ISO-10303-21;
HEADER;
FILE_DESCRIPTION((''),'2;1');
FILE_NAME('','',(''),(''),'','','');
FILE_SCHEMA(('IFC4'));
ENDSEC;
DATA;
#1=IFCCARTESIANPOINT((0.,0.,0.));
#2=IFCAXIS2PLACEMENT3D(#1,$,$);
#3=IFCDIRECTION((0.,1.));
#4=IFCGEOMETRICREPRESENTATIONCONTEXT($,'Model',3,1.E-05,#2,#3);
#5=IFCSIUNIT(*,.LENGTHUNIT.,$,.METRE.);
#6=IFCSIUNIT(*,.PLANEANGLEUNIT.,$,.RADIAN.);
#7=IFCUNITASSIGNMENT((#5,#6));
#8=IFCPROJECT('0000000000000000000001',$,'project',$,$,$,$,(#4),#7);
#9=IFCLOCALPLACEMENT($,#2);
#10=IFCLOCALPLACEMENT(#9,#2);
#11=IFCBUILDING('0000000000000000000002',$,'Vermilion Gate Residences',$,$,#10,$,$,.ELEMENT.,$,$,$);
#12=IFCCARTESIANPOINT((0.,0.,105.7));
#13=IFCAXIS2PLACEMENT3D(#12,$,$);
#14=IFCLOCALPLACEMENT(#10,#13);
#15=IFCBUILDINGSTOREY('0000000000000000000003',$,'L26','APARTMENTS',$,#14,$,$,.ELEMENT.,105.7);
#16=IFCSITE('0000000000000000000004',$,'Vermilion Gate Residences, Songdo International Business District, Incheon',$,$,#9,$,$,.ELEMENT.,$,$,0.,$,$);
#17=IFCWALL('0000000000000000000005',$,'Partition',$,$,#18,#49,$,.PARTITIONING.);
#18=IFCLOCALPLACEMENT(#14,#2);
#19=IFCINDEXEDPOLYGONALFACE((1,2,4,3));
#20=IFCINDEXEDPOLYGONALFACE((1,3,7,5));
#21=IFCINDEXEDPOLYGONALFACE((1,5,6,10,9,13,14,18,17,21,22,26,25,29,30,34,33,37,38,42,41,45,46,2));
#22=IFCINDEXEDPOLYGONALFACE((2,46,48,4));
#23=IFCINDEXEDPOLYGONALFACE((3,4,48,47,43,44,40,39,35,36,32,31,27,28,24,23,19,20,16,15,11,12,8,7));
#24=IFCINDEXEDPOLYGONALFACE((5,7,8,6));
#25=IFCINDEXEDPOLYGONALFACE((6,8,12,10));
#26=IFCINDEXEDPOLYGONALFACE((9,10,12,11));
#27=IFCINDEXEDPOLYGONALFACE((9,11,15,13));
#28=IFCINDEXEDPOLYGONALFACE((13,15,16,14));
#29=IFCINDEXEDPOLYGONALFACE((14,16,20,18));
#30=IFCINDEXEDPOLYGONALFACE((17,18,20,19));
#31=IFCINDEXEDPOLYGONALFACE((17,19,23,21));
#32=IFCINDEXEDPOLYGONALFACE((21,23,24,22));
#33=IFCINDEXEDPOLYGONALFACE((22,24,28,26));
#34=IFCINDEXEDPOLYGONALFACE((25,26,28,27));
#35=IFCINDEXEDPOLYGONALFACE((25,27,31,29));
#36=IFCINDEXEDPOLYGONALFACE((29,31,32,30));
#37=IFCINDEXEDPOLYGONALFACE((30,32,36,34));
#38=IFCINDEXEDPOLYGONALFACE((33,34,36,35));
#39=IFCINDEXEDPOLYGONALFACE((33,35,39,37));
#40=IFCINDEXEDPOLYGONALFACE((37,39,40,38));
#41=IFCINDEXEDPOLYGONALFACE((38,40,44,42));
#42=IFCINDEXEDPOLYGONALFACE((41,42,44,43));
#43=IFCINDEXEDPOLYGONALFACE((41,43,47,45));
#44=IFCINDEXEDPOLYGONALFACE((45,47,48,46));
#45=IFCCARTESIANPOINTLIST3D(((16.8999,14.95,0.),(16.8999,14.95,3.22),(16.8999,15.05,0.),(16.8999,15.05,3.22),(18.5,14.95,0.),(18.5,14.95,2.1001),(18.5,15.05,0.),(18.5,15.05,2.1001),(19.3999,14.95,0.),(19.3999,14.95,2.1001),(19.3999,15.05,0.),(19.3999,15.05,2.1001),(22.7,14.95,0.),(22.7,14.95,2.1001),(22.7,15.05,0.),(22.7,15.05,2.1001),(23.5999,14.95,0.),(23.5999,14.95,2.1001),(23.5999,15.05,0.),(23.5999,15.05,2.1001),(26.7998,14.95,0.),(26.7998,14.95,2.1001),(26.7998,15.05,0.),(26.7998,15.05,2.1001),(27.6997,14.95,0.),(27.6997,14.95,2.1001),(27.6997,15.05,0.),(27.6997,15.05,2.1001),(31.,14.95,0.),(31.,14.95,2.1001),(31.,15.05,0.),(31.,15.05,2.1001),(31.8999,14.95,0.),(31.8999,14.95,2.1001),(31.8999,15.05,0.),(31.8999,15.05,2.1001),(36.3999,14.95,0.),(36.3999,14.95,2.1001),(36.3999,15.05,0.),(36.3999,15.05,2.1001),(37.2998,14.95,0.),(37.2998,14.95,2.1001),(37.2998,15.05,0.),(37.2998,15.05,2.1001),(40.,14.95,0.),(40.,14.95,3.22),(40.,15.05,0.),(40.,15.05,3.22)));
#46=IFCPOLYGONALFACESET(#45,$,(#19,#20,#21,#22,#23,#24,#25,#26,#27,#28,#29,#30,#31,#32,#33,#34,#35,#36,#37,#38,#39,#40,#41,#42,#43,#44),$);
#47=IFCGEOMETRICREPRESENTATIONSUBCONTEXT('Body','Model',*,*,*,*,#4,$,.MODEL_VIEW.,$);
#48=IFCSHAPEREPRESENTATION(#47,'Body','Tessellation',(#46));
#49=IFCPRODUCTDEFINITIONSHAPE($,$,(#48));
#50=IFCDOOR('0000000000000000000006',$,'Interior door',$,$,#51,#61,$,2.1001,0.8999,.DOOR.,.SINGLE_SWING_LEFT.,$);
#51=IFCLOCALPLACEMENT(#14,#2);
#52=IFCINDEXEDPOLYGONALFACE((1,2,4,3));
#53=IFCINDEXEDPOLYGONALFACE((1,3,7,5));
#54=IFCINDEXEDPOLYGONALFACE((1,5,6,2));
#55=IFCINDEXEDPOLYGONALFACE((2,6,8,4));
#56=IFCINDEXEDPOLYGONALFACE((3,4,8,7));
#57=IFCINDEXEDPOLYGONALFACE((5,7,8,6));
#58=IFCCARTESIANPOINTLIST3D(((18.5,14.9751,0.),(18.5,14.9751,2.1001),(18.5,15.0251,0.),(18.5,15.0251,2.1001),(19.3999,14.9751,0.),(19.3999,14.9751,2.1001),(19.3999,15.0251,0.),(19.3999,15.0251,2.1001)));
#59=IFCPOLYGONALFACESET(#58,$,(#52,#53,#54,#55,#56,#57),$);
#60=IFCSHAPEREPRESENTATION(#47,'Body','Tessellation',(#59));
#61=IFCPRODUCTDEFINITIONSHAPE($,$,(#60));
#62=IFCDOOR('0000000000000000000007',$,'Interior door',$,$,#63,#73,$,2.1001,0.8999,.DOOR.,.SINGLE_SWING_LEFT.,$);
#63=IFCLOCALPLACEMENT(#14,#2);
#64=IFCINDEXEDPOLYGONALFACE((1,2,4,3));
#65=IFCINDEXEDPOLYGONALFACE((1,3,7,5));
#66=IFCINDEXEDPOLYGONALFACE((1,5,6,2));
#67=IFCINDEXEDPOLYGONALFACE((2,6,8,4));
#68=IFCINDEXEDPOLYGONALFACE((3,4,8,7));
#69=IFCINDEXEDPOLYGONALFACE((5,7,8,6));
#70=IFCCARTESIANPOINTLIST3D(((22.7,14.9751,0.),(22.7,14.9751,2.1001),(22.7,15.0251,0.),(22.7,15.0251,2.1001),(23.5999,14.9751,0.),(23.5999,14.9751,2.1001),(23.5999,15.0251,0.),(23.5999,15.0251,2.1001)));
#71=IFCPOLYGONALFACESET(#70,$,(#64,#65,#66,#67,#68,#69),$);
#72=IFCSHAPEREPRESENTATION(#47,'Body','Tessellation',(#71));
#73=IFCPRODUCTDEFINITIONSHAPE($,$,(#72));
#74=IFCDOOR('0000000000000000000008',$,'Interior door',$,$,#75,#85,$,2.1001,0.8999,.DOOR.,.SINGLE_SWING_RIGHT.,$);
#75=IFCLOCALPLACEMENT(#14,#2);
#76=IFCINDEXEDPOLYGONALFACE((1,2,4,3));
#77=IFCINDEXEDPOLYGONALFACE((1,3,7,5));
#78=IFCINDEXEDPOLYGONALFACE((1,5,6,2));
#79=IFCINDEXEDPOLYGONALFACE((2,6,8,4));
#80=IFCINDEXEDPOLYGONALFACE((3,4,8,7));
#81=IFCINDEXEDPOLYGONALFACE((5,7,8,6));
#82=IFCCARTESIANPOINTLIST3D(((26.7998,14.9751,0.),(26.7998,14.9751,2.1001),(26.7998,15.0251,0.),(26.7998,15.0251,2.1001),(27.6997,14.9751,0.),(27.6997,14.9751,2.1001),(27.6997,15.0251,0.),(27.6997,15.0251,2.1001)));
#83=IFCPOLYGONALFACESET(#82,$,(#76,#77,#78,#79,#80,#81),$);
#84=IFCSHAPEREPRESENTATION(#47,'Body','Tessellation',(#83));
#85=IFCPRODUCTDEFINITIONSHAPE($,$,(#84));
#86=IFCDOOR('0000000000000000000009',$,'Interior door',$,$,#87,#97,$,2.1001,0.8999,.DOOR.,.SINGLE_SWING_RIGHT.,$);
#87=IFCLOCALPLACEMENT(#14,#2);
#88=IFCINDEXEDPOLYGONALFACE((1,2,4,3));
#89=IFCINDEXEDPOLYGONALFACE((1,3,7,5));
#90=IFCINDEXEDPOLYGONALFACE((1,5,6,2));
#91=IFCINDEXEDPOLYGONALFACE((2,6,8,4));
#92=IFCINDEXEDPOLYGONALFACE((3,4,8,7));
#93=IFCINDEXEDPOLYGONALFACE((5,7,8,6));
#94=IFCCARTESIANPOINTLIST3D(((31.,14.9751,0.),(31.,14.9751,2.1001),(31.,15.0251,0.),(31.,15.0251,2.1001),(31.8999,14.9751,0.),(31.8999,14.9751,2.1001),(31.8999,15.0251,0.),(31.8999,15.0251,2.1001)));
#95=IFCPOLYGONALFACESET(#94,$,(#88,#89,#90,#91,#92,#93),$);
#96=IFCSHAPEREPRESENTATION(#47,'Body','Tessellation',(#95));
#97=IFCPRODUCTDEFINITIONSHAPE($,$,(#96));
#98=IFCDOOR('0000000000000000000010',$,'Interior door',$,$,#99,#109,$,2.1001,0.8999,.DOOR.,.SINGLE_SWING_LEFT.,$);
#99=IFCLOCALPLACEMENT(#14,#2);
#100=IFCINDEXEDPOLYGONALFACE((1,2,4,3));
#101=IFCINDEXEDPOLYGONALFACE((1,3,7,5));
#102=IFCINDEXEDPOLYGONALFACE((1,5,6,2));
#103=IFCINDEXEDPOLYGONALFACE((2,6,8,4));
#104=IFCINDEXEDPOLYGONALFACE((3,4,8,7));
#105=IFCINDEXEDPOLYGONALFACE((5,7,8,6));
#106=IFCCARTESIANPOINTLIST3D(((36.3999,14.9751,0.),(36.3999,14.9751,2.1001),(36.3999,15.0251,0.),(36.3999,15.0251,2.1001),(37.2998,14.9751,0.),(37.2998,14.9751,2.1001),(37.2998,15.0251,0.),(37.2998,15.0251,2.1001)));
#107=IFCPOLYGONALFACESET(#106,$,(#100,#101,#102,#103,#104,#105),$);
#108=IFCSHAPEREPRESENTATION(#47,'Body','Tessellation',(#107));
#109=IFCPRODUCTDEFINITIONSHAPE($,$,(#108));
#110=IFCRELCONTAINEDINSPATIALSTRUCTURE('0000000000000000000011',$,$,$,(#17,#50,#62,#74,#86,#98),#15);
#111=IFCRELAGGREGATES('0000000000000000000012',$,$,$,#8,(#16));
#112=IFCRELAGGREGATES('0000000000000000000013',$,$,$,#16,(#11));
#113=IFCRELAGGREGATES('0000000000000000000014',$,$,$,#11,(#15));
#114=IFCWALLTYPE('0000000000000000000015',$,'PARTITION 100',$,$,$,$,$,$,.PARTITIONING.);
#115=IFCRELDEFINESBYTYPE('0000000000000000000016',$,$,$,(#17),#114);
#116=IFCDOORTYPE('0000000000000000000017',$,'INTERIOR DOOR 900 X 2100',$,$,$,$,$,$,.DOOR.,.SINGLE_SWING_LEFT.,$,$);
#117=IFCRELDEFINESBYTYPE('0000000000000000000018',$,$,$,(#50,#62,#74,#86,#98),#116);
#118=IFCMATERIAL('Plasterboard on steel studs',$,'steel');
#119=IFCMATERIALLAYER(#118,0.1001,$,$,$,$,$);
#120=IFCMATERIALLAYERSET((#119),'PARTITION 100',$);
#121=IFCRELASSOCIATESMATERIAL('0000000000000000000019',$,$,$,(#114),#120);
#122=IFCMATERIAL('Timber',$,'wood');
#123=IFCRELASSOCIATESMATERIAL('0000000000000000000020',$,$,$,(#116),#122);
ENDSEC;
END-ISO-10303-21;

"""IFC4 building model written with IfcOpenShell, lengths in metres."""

from ifc_helpers import new_model, si_unit, direction, frame, frame_2d, origin, place, context, subcontext, project, spatial, rectangle, extrude, material, layer, layer_set, type_object, element, fill, save


model = new_model("IFC4")

# Units and contexts
model_context = context("Model", 3, precision=1e-05, world=origin(), true_north=direction((0.0, 1.0)))
body_context = subcontext(model_context, "Body", "Model", "MODEL_VIEW")
ifc_project = project(units=[si_unit("LENGTHUNIT", "METRE"), si_unit("PLANEANGLEUNIT", "RADIAN")], contexts=[model_context])

# Site, building, storey
site_placement = place(None, origin())
site = spatial("IfcSite", under=ifc_project, at=site_placement, Name="Vermilion Gate Residences, Songdo International Business District, Incheon", CompositionType="ELEMENT", RefElevation=0.0)
building_placement = place(site_placement, origin())
building = spatial("IfcBuilding", under=site, at=building_placement, Name="Vermilion Gate Residences", CompositionType="ELEMENT")
storey_placement = place(building_placement, frame((0.0, 0.0, 105.7)))
storey = spatial("IfcBuildingStorey", under=building, at=storey_placement, Name="L26", Description="APARTMENTS", CompositionType="ELEMENT", Elevation=105.7)

# Wall, openings, doors
ifc_material_1 = material(Name="Plasterboard on steel studs", Category="steel")
ifc_layer_1 = layer(ifc_material_1, 0.1001)
ifc_layer_set_1 = layer_set([ifc_layer_1], Name="PARTITION 100")
wall_type_1 = type_object("IfcWallType", Name="PARTITION 100", PredefinedType="PARTITIONING", material=ifc_layer_set_1)
wall_1_placement = place(storey_placement, frame((16.8999, 15.0, 0.0), z_axis=(0.0, 0.0, 1.0), x_axis=(1.0, 0.0, 0.0)))
wall_1 = element("IfcWall", 1, at=wall_1_placement, inside=storey, type_object=wall_type_1, Name="Partition", PredefinedType="PARTITIONING", context=body_context, shape_type="SweptSolid", body=[
    extrude(rectangle(XDim=23.1001, YDim=0.1001, at=frame_2d((11.55, 0.0))), origin(), (0.0, 0.0, 1.0), 3.22),
])
opening_1_placement = place(wall_1_placement, frame((1.6001, 0.0, 0.0)))
opening_1 = element("IfcOpeningElement", 2, at=opening_1_placement, cuts=wall_1, PredefinedType="OPENING", context=body_context, shape_type="SweptSolid", body=[
    extrude(rectangle(XDim=0.8999, YDim=2.1001, at=frame_2d((0.45, 1.05))), frame((0.0, 0.0601, 0.0), z_axis=(0.0, -1.0, 0.0), x_axis=(1.0, 0.0, 0.0)), (0.0, 0.0, 1.0), 0.1201),
])
opening_2_placement = place(wall_1_placement, frame((5.8, 0.0, 0.0)))
opening_2 = element("IfcOpeningElement", 3, at=opening_2_placement, cuts=wall_1, PredefinedType="OPENING", context=body_context, shape_type="SweptSolid", body=[
    extrude(rectangle(XDim=0.8999, YDim=2.1001, at=frame_2d((0.45, 1.05))), frame((0.0, 0.0601, 0.0), z_axis=(0.0, -1.0, 0.0), x_axis=(1.0, 0.0, 0.0)), (0.0, 0.0, 1.0), 0.1201),
])
opening_3_placement = place(wall_1_placement, frame((9.8999, 0.0, 0.0)))
opening_3 = element("IfcOpeningElement", 4, at=opening_3_placement, cuts=wall_1, PredefinedType="OPENING", context=body_context, shape_type="SweptSolid", body=[
    extrude(rectangle(XDim=0.8999, YDim=2.1001, at=frame_2d((0.45, 1.05))), frame((0.0, 0.0601, 0.0), z_axis=(0.0, -1.0, 0.0), x_axis=(1.0, 0.0, 0.0)), (0.0, 0.0, 1.0), 0.1201),
])
opening_4_placement = place(wall_1_placement, frame((14.1001, 0.0, 0.0)))
opening_4 = element("IfcOpeningElement", 5, at=opening_4_placement, cuts=wall_1, PredefinedType="OPENING", context=body_context, shape_type="SweptSolid", body=[
    extrude(rectangle(XDim=0.8999, YDim=2.1001, at=frame_2d((0.45, 1.05))), frame((0.0, 0.0601, 0.0), z_axis=(0.0, -1.0, 0.0), x_axis=(1.0, 0.0, 0.0)), (0.0, 0.0, 1.0), 0.1201),
])
opening_5_placement = place(wall_1_placement, frame((19.5, 0.0, 0.0)))
opening_5 = element("IfcOpeningElement", 6, at=opening_5_placement, cuts=wall_1, PredefinedType="OPENING", context=body_context, shape_type="SweptSolid", body=[
    extrude(rectangle(XDim=0.8999, YDim=2.1001, at=frame_2d((0.45, 1.05))), frame((0.0, 0.0601, 0.0), z_axis=(0.0, -1.0, 0.0), x_axis=(1.0, 0.0, 0.0)), (0.0, 0.0, 1.0), 0.1201),
])
ifc_material_2 = material(Name="Timber", Category="wood")
door_type = type_object("IfcDoorType", Name="INTERIOR DOOR 900 X 2100", OperationType="SINGLE_SWING_LEFT", PredefinedType="DOOR", material=ifc_material_2)
door_1_placement = place(opening_1_placement, frame((0.8999, 0.0, 0.0), z_axis=(0.0, 0.0, 1.0), x_axis=(-1.0, 0.0, 0.0)))
door_1 = element("IfcDoor", 7, at=door_1_placement, inside=storey, type_object=door_type, Name="Interior door", OperationType="SINGLE_SWING_LEFT", OverallHeight=2.1001, OverallWidth=0.8999, PredefinedType="DOOR", context=body_context, shape_type="SweptSolid", body=[
    extrude(rectangle(XDim=0.8999, YDim=2.1001, at=frame_2d((0.45, 1.05))), frame((0.0, 0.0249, 0.0), z_axis=(0.0, -1.0, 0.0), x_axis=(1.0, 0.0, 0.0)), (0.0, 0.0, 1.0), 0.05),
])
fill(opening_1, door_1)
door_2_placement = place(opening_2_placement, frame((0.8999, 0.0, 0.0), z_axis=(0.0, 0.0, 1.0), x_axis=(-1.0, 0.0, 0.0)))
door_2 = element("IfcDoor", 8, at=door_2_placement, inside=storey, type_object=door_type, Name="Interior door", OperationType="SINGLE_SWING_LEFT", OverallHeight=2.1001, OverallWidth=0.8999, PredefinedType="DOOR", context=body_context, shape_type="SweptSolid", body=[
    extrude(rectangle(XDim=0.8999, YDim=2.1001, at=frame_2d((0.45, 1.05))), frame((0.0, 0.0249, 0.0), z_axis=(0.0, -1.0, 0.0), x_axis=(1.0, 0.0, 0.0)), (0.0, 0.0, 1.0), 0.05),
])
fill(opening_2, door_2)
door_3_placement = place(opening_3_placement, frame((0.8999, 0.0, 0.0), z_axis=(0.0, 0.0, 1.0), x_axis=(-1.0, 0.0, 0.0)))
door_3 = element("IfcDoor", 9, at=door_3_placement, inside=storey, type_object=door_type, Name="Interior door", OperationType="SINGLE_SWING_RIGHT", OverallHeight=2.1001, OverallWidth=0.8999, PredefinedType="DOOR", context=body_context, shape_type="SweptSolid", body=[
    extrude(rectangle(XDim=0.8999, YDim=2.1001, at=frame_2d((0.45, 1.05))), frame((0.0, 0.0249, 0.0), z_axis=(0.0, -1.0, 0.0), x_axis=(1.0, 0.0, 0.0)), (0.0, 0.0, 1.0), 0.05),
])
fill(opening_3, door_3)
door_4_placement = place(opening_4_placement, frame((0.8999, 0.0, 0.0), z_axis=(0.0, 0.0, 1.0), x_axis=(-1.0, 0.0, 0.0)))
door_4 = element("IfcDoor", 10, at=door_4_placement, inside=storey, type_object=door_type, Name="Interior door", OperationType="SINGLE_SWING_RIGHT", OverallHeight=2.1001, OverallWidth=0.8999, PredefinedType="DOOR", context=body_context, shape_type="SweptSolid", body=[
    extrude(rectangle(XDim=0.8999, YDim=2.1001, at=frame_2d((0.45, 1.05))), frame((0.0, 0.0249, 0.0), z_axis=(0.0, -1.0, 0.0), x_axis=(1.0, 0.0, 0.0)), (0.0, 0.0, 1.0), 0.05),
])
fill(opening_4, door_4)
door_5_placement = place(opening_5_placement, frame((0.8999, 0.0, 0.0), z_axis=(0.0, 0.0, 1.0), x_axis=(-1.0, 0.0, 0.0)))
door_5 = element("IfcDoor", 11, at=door_5_placement, inside=storey, type_object=door_type, Name="Interior door", OperationType="SINGLE_SWING_LEFT", OverallHeight=2.1001, OverallWidth=0.8999, PredefinedType="DOOR", context=body_context, shape_type="SweptSolid", body=[
    extrude(rectangle(XDim=0.8999, YDim=2.1001, at=frame_2d((0.45, 1.05))), frame((0.0, 0.0249, 0.0), z_axis=(0.0, -1.0, 0.0), x_axis=(1.0, 0.0, 0.0)), (0.0, 0.0, 1.0), 0.05),
])
fill(opening_5, door_5)

save(model, "model.ifc")
